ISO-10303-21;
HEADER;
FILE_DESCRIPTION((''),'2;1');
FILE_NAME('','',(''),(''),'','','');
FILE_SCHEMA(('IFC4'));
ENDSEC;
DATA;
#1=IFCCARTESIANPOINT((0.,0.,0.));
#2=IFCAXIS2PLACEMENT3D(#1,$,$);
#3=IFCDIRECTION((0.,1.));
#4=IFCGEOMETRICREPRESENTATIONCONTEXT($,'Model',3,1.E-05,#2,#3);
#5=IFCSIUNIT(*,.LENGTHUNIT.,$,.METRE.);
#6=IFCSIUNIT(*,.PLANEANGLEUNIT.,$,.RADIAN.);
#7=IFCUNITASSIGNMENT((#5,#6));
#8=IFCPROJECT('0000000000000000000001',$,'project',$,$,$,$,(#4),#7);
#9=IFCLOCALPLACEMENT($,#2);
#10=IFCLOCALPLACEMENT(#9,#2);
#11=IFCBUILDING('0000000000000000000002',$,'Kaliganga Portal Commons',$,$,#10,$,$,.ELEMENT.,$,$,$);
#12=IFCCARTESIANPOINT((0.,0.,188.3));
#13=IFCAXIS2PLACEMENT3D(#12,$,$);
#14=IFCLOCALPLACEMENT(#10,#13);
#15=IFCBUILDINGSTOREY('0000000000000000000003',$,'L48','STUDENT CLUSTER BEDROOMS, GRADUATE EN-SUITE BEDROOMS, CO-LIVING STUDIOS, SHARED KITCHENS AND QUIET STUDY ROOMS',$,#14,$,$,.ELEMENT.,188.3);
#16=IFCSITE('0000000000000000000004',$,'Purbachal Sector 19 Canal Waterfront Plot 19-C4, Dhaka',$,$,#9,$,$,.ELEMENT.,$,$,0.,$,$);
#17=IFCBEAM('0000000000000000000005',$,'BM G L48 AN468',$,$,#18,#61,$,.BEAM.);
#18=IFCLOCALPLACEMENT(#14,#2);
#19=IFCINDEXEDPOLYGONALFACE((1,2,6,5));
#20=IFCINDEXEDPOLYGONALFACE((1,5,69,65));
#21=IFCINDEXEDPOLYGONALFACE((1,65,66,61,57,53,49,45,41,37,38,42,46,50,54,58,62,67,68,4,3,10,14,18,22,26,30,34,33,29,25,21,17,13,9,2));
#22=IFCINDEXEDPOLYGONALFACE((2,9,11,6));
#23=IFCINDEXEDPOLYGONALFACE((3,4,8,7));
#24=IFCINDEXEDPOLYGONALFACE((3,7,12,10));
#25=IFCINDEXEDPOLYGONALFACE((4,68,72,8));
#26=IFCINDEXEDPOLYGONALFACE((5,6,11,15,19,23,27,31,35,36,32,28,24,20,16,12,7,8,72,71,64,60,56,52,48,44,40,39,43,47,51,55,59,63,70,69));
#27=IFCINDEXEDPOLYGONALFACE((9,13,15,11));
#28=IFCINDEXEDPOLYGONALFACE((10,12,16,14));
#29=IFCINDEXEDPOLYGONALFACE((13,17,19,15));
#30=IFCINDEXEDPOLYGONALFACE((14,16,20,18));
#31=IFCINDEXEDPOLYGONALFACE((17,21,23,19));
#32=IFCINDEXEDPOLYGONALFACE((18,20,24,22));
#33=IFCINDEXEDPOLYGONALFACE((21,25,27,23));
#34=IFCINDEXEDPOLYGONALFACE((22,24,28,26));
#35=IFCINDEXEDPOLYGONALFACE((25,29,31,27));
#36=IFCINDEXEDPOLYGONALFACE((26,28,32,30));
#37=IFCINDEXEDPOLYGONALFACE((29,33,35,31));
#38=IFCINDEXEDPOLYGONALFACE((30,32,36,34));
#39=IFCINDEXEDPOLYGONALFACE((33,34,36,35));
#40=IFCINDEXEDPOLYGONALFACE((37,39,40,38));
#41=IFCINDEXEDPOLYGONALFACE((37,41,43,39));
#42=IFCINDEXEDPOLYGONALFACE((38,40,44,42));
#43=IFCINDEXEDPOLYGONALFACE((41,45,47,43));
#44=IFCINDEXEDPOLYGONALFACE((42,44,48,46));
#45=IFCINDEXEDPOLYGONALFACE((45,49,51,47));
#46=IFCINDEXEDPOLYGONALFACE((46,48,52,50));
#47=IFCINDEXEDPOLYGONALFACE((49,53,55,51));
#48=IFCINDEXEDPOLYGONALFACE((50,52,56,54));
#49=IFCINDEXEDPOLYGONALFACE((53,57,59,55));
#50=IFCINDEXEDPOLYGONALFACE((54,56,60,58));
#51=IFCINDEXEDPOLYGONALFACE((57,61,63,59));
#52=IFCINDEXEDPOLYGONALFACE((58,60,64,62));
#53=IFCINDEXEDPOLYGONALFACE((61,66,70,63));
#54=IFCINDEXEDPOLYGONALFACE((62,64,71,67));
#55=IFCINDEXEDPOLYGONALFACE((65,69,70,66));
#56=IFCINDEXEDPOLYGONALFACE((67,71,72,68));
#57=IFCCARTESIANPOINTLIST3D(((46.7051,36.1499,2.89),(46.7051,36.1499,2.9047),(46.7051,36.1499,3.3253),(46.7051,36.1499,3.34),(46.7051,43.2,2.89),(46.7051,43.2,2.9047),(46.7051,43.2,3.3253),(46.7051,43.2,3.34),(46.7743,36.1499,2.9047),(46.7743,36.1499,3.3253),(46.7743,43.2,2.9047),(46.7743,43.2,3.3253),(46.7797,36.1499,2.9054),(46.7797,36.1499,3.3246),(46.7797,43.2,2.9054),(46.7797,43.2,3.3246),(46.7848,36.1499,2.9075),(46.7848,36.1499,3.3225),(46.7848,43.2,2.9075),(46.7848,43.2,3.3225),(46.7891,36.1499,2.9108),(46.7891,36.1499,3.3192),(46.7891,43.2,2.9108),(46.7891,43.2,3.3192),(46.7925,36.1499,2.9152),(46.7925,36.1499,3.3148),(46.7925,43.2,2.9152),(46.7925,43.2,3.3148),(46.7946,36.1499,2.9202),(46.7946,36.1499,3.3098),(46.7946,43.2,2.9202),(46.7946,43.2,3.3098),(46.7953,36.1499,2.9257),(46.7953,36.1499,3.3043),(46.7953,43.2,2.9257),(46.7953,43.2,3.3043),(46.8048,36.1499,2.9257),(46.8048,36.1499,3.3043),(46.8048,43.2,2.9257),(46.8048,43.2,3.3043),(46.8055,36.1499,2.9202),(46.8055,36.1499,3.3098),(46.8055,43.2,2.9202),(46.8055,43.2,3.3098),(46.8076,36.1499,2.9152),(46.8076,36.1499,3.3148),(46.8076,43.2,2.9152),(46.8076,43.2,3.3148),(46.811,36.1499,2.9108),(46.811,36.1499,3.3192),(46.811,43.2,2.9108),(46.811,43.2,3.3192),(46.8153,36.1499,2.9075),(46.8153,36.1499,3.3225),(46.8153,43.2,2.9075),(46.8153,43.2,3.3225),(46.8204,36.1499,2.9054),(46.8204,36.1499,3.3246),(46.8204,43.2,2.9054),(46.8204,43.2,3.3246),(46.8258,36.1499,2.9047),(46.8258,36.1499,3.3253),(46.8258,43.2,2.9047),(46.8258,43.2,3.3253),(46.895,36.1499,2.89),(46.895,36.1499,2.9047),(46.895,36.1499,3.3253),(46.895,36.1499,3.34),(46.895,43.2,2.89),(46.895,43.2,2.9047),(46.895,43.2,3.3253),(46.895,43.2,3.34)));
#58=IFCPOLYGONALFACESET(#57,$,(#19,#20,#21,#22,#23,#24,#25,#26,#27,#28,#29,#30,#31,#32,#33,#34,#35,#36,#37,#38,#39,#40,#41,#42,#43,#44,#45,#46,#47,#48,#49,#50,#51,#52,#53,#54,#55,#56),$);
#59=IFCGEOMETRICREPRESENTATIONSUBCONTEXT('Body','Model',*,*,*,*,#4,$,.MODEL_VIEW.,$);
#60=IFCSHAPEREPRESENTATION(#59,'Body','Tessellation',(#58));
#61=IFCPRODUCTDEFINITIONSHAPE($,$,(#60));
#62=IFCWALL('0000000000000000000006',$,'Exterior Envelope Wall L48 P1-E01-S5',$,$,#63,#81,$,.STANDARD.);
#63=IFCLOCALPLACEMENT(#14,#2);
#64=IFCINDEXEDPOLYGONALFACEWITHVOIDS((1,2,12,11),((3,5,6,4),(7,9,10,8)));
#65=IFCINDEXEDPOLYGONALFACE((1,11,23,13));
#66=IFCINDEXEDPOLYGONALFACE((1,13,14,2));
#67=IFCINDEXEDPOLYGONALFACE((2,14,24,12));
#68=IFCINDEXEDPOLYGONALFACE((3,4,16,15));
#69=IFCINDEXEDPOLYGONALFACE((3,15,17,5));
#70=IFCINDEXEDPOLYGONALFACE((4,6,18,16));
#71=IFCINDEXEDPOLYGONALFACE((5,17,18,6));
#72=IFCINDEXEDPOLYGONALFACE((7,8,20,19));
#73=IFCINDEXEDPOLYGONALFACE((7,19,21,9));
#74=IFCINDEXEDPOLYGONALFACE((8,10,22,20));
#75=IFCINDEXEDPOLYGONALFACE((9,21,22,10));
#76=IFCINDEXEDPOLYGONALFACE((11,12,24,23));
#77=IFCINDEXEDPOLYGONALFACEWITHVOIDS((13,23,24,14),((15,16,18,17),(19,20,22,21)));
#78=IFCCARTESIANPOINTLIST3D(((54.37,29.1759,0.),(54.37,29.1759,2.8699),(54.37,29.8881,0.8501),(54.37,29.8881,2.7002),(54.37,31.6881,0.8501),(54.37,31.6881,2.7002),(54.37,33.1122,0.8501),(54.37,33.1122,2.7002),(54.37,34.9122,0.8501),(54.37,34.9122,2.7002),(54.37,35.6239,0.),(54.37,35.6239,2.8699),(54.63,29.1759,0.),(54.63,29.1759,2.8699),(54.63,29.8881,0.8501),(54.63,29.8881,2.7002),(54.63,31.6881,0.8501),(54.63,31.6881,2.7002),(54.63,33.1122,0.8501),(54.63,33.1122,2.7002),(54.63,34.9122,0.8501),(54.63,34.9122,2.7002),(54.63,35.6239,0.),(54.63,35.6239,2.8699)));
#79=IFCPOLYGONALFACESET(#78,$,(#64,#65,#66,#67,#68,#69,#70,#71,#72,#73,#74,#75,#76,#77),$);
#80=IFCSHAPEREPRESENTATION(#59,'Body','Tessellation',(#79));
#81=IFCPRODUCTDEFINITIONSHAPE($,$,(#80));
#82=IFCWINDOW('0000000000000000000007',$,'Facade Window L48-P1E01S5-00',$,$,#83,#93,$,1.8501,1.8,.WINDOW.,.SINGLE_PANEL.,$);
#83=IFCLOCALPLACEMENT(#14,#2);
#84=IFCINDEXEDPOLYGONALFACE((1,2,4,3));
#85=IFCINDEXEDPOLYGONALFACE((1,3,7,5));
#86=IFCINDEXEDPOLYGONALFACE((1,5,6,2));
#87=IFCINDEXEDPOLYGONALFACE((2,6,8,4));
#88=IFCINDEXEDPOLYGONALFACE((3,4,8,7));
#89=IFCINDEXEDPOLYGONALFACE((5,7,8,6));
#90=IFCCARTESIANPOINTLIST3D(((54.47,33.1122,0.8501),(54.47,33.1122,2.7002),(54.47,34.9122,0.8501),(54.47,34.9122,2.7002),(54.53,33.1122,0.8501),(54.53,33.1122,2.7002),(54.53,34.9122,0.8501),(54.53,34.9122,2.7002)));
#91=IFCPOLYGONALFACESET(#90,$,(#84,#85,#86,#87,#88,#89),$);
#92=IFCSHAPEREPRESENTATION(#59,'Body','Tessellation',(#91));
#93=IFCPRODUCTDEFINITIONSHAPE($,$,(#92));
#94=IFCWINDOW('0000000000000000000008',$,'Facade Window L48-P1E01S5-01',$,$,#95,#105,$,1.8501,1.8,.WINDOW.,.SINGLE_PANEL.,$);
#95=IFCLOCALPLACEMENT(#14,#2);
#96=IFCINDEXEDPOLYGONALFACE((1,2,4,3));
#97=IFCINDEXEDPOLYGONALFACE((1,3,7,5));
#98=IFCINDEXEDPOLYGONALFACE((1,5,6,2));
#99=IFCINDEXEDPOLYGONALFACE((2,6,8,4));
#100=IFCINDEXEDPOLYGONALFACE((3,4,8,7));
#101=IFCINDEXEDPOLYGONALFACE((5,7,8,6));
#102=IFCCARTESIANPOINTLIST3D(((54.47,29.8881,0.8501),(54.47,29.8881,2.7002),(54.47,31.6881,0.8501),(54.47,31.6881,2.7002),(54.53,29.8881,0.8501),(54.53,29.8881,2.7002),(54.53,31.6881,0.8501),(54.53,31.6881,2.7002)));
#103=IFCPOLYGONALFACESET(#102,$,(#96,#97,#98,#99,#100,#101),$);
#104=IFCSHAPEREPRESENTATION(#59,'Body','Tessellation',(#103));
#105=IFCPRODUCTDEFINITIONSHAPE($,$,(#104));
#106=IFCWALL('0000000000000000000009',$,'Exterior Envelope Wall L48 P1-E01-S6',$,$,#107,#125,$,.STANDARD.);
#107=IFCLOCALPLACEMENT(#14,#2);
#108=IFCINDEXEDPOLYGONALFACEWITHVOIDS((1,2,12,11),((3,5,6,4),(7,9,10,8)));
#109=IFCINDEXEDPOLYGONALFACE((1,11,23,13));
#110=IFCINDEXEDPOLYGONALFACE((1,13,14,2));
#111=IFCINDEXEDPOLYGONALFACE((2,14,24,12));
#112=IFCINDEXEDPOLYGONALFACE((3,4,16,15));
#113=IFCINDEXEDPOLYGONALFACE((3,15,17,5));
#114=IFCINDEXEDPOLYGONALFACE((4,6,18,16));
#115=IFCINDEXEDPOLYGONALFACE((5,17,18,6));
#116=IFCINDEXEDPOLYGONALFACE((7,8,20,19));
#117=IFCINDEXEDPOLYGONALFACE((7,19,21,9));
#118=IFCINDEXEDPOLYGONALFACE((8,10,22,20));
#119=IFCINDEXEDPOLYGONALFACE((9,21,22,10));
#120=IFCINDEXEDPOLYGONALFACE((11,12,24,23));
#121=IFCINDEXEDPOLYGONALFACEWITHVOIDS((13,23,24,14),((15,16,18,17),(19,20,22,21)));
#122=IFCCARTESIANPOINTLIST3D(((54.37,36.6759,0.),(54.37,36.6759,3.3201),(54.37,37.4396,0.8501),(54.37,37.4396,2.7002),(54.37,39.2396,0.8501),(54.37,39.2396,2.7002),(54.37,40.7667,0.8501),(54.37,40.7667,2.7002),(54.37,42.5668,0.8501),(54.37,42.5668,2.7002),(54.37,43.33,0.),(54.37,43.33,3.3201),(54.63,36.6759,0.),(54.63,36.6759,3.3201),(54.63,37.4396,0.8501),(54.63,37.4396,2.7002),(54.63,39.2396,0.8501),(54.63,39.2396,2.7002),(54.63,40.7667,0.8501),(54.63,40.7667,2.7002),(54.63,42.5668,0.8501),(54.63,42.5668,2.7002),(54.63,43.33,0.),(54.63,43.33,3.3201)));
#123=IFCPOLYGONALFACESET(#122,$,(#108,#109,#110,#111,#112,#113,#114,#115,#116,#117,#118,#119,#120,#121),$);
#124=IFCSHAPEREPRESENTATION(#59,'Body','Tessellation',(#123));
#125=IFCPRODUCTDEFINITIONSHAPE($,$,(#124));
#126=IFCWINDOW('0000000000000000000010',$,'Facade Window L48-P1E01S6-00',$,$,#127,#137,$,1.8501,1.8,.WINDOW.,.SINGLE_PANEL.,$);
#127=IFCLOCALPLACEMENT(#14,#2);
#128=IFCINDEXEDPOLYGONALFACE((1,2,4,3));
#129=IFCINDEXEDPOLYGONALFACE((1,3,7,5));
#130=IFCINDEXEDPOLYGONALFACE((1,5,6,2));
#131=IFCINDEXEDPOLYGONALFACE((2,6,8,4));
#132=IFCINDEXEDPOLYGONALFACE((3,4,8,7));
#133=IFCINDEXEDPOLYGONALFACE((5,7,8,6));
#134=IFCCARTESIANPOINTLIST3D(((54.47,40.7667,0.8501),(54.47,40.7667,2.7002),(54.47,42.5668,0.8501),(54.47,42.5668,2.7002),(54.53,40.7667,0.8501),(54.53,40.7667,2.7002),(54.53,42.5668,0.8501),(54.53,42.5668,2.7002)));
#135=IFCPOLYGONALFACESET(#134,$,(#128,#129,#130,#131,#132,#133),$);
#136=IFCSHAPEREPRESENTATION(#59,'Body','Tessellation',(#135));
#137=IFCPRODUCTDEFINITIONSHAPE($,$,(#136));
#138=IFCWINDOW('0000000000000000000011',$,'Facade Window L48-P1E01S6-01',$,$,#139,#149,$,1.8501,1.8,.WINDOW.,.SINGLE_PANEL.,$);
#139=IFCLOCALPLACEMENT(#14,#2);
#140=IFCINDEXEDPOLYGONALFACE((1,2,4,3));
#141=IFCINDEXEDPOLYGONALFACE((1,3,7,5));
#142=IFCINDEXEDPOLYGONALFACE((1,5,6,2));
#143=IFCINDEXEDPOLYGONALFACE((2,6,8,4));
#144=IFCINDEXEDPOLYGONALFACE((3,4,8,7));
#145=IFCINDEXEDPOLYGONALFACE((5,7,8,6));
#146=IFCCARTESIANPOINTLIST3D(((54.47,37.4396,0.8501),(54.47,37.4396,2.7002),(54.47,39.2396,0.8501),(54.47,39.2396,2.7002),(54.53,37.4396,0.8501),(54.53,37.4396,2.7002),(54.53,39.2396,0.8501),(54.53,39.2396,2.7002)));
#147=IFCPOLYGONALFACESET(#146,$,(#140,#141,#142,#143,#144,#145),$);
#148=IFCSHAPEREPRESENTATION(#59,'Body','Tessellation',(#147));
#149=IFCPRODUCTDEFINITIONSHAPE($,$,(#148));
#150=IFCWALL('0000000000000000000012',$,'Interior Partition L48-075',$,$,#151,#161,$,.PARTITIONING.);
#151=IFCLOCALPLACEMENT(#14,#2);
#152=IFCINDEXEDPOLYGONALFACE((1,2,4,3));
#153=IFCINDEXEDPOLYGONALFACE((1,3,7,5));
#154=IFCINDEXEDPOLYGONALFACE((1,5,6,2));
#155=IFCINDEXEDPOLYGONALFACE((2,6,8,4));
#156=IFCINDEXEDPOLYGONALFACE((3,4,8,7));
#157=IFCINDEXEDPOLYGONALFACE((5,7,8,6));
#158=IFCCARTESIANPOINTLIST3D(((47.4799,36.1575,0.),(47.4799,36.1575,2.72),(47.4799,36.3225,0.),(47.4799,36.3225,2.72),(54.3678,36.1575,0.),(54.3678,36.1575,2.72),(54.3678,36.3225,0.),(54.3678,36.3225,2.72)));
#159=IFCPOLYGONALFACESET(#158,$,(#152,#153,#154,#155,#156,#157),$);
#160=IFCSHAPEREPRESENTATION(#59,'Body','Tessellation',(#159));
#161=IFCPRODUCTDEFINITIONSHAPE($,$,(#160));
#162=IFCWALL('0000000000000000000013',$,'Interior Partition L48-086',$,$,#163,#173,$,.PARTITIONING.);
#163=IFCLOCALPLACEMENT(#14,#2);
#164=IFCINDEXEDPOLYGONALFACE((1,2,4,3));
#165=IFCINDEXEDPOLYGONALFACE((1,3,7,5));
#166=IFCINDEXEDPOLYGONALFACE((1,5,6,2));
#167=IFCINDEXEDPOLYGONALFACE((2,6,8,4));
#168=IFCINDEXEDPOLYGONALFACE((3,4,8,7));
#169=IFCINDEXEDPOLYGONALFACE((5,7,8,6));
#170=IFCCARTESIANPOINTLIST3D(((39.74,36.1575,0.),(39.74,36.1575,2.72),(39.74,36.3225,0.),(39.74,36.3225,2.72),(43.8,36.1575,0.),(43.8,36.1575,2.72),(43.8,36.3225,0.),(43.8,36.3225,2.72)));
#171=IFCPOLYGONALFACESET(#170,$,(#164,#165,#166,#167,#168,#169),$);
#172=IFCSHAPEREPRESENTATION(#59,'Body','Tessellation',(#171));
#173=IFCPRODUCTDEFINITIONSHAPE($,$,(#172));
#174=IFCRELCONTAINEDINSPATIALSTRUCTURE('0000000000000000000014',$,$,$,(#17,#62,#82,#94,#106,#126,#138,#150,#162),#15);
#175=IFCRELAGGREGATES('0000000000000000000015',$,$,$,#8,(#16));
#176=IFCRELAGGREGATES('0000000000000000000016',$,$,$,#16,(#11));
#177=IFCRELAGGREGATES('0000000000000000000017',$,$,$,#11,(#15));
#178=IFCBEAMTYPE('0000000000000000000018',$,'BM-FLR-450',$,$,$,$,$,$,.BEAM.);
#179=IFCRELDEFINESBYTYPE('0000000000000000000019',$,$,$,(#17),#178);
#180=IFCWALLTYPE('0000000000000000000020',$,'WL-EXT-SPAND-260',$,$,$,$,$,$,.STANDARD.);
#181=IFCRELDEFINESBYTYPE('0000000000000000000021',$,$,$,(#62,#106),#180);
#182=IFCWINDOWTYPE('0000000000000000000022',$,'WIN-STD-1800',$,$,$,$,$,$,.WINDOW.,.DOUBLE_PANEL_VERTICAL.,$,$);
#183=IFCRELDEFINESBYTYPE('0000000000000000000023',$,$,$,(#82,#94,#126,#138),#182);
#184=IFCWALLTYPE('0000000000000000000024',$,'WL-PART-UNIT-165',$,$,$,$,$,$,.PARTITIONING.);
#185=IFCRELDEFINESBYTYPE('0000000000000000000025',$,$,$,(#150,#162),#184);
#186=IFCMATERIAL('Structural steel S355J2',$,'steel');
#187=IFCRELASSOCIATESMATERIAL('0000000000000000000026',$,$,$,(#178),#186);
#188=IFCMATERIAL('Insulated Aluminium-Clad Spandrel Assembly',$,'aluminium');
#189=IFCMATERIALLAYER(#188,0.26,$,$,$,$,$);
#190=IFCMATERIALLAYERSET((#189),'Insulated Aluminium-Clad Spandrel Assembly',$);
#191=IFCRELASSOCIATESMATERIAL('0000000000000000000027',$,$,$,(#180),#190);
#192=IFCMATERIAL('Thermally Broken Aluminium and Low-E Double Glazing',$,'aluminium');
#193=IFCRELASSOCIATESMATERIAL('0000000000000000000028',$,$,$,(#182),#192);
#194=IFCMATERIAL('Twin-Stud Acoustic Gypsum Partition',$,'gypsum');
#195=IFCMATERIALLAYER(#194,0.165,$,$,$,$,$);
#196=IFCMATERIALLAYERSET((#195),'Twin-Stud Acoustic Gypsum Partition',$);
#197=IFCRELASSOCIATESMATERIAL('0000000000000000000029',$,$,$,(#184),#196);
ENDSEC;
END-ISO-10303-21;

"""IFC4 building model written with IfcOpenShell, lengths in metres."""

from ifc_helpers import new_model, si_unit, direction, frame, frame_2d, origin, origin_2d, place, context, subcontext, project, spatial, rectangle, i_section, extrude, source, transform, mapped, material, layer, layer_set, material_profile, profile_set, type_object, element, fill, save


model = new_model("IFC4")

# Units and contexts
model_context = context("Model", 3, precision=1e-05, world=origin(), true_north=direction((0.0, 1.0)))
body_context = subcontext(model_context, "Body", "Model", "MODEL_VIEW")
ifc_project = project(units=[si_unit("LENGTHUNIT", "METRE"), si_unit("PLANEANGLEUNIT", "RADIAN")], contexts=[model_context])

# Site, building, storey
site_placement = place(None, origin())
site = spatial("IfcSite", under=ifc_project, at=site_placement, Name="Purbachal Sector 19 Canal Waterfront Plot 19-C4, Dhaka", CompositionType="ELEMENT", RefElevation=0.0)
building_placement = place(site_placement, origin())
building = spatial("IfcBuilding", under=site, at=building_placement, Name="Kaliganga Portal Commons", CompositionType="ELEMENT")
storey_placement = place(building_placement, frame((0.0, 0.0, 188.3)))
storey = spatial("IfcBuildingStorey", under=building, at=storey_placement, Name="L48", Description="STUDENT CLUSTER BEDROOMS, GRADUATE EN-SUITE BEDROOMS, CO-LIVING STUDIOS, SHARED KITCHENS AND QUIET STUDY ROOMS", CompositionType="ELEMENT", Elevation=188.3)

# Beam
ifc_material_1 = material(Name="Structural steel S355J2", Category="steel")
ifc_material_profile_1 = material_profile(ifc_material_1, i_section(OverallWidth=0.1899, OverallDepth=0.45, WebThickness=0.0095, FlangeThickness=0.0146, FilletRadius=0.021, at=origin_2d()), Name="IPE 450")
ifc_profile_set_1 = profile_set([ifc_material_profile_1], Name="Structural steel S355J2 wide-flange")
beam_type_1 = type_object("IfcBeamType", Name="BM-FLR-450", PredefinedType="BEAM", material=ifc_profile_set_1)
shared_shape_1 = source(origin(), body_context, "Body", "SweptSolid", [
    extrude(i_section(OverallWidth=0.1899, OverallDepth=0.45, WebThickness=0.0095, FlangeThickness=0.0146, FilletRadius=0.021, at=origin_2d()), origin(), (0.0, 0.0, 1.0), 7.05),
])
beam_1_placement = place(storey_placement, frame((46.8, 36.1499, 3.115), z_axis=(0.0, 1.0, 0.0), x_axis=(-1.0, 0.0, 0.0)))
element("IfcBeam", 1, at=beam_1_placement, inside=storey, type_object=beam_type_1, Name="BM G L48 AN468", PredefinedType="BEAM", context=body_context, shape_type="MappedRepresentation", body=[
    mapped(shared_shape_1, transform((0.0, 0.0, 0.0), x_axis=(1.0, 0.0, 0.0), y_axis=(0.0, 1.0, 0.0), z_axis=(0.0, 0.0, 1.0), scale=1.0)),
])

# Walls, openings, windows
ifc_material_2 = material(Name="Insulated Aluminium-Clad Spandrel Assembly", Category="aluminium")
ifc_layer_1 = layer(ifc_material_2, 0.26)
ifc_layer_set_1 = layer_set([ifc_layer_1], Name="Insulated Aluminium-Clad Spandrel Assembly")
wall_type_1 = type_object("IfcWallType", Name="WL-EXT-SPAND-260", PredefinedType="STANDARD", material=ifc_layer_set_1)
wall_1_placement = place(storey_placement, frame((54.5, 35.624, 0.0), z_axis=(0.0, 0.0, 1.0), x_axis=(0.0, -1.0, 0.0)))
wall_1 = element("IfcWall", 2, at=wall_1_placement, inside=storey, type_object=wall_type_1, Name="Exterior Envelope Wall L48 P1-E01-S5", PredefinedType="STANDARD", context=body_context, shape_type="SweptSolid", body=[
    extrude(rectangle(XDim=6.448, YDim=0.26, at=frame_2d((3.2241, 0.0))), origin(), (0.0, 0.0, 1.0), 2.8699),
])
opening_1_placement = place(wall_1_placement, frame((0.7119, 0.0, 0.8501)))
opening_1 = element("IfcOpeningElement", 3, at=opening_1_placement, cuts=wall_1, PredefinedType="OPENING", context=body_context, shape_type="SweptSolid", body=[
    extrude(rectangle(XDim=1.8, YDim=1.8501, at=frame_2d((0.8999, 0.925))), frame((0.0, 0.1401, 0.0), z_axis=(0.0, -1.0, 0.0), x_axis=(1.0, 0.0, 0.0)), (0.0, 0.0, 1.0), 0.28),
])
opening_2_placement = place(wall_1_placement, frame((3.936, 0.0, 0.8501)))
opening_2 = element("IfcOpeningElement", 4, at=opening_2_placement, cuts=wall_1, PredefinedType="OPENING", context=body_context, shape_type="SweptSolid", body=[
    extrude(rectangle(XDim=1.8, YDim=1.8501, at=frame_2d((0.8999, 0.925))), frame((0.0, 0.1401, 0.0), z_axis=(0.0, -1.0, 0.0), x_axis=(1.0, 0.0, 0.0)), (0.0, 0.0, 1.0), 0.28),
])
ifc_material_3 = material(Name="Thermally Broken Aluminium and Low-E Double Glazing", Category="aluminium")
window_type = type_object("IfcWindowType", Name="WIN-STD-1800", PartitioningType="DOUBLE_PANEL_VERTICAL", PredefinedType="WINDOW", material=ifc_material_3)
window_1_placement = place(opening_1_placement, origin())
window_1 = element("IfcWindow", 5, at=window_1_placement, inside=storey, type_object=window_type, Name="Facade Window L48-P1E01S5-00", OverallHeight=1.8501, OverallWidth=1.8, PartitioningType="SINGLE_PANEL", PredefinedType="WINDOW", context=body_context, shape_type="SweptSolid", body=[
    extrude(rectangle(XDim=1.8, YDim=1.8501, at=frame_2d((0.8999, 0.925))), frame((0.0, 0.03, 0.0), z_axis=(0.0, -1.0, 0.0), x_axis=(1.0, 0.0, 0.0)), (0.0, 0.0, 1.0), 0.0601),
])
fill(opening_1, window_1)
window_2_placement = place(opening_2_placement, origin())
window_2 = element("IfcWindow", 6, at=window_2_placement, inside=storey, type_object=window_type, Name="Facade Window L48-P1E01S5-01", OverallHeight=1.8501, OverallWidth=1.8, PartitioningType="SINGLE_PANEL", PredefinedType="WINDOW", context=body_context, shape_type="SweptSolid", body=[
    extrude(rectangle(XDim=1.8, YDim=1.8501, at=frame_2d((0.8999, 0.925))), frame((0.0, 0.03, 0.0), z_axis=(0.0, -1.0, 0.0), x_axis=(1.0, 0.0, 0.0)), (0.0, 0.0, 1.0), 0.0601),
])
fill(opening_2, window_2)
wall_2_placement = place(storey_placement, frame((54.5, 43.3301, 0.0), z_axis=(0.0, 0.0, 1.0), x_axis=(0.0, -1.0, 0.0)))
wall_2 = element("IfcWall", 7, at=wall_2_placement, inside=storey, type_object=wall_type_1, Name="Exterior Envelope Wall L48 P1-E01-S6", PredefinedType="STANDARD", context=body_context, shape_type="SweptSolid", body=[
    extrude(rectangle(XDim=6.6541, YDim=0.26, at=frame_2d((3.3271, 0.0))), origin(), (0.0, 0.0, 1.0), 3.3201),
])
opening_3_placement = place(wall_2_placement, frame((0.7634, 0.0, 0.8501)))
opening_3 = element("IfcOpeningElement", 8, at=opening_3_placement, cuts=wall_2, PredefinedType="OPENING", context=body_context, shape_type="SweptSolid", body=[
    extrude(rectangle(XDim=1.8, YDim=1.8501, at=frame_2d((0.8999, 0.925))), frame((0.0, 0.1401, 0.0), z_axis=(0.0, -1.0, 0.0), x_axis=(1.0, 0.0, 0.0)), (0.0, 0.0, 1.0), 0.28),
])
opening_4_placement = place(wall_2_placement, frame((4.0906, 0.0, 0.8501)))
opening_4 = element("IfcOpeningElement", 9, at=opening_4_placement, cuts=wall_2, PredefinedType="OPENING", context=body_context, shape_type="SweptSolid", body=[
    extrude(rectangle(XDim=1.8, YDim=1.8501, at=frame_2d((0.8999, 0.925))), frame((0.0, 0.1401, 0.0), z_axis=(0.0, -1.0, 0.0), x_axis=(1.0, 0.0, 0.0)), (0.0, 0.0, 1.0), 0.28),
])
window_3_placement = place(opening_3_placement, origin())
window_3 = element("IfcWindow", 10, at=window_3_placement, inside=storey, type_object=window_type, Name="Facade Window L48-P1E01S6-00", OverallHeight=1.8501, OverallWidth=1.8, PartitioningType="SINGLE_PANEL", PredefinedType="WINDOW", context=body_context, shape_type="SweptSolid", body=[
    extrude(rectangle(XDim=1.8, YDim=1.8501, at=frame_2d((0.8999, 0.925))), frame((0.0, 0.03, 0.0), z_axis=(0.0, -1.0, 0.0), x_axis=(1.0, 0.0, 0.0)), (0.0, 0.0, 1.0), 0.0601),
])
fill(opening_3, window_3)
window_4_placement = place(opening_4_placement, origin())
window_4 = element("IfcWindow", 11, at=window_4_placement, inside=storey, type_object=window_type, Name="Facade Window L48-P1E01S6-01", OverallHeight=1.8501, OverallWidth=1.8, PartitioningType="SINGLE_PANEL", PredefinedType="WINDOW", context=body_context, shape_type="SweptSolid", body=[
    extrude(rectangle(XDim=1.8, YDim=1.8501, at=frame_2d((0.8999, 0.925))), frame((0.0, 0.03, 0.0), z_axis=(0.0, -1.0, 0.0), x_axis=(1.0, 0.0, 0.0)), (0.0, 0.0, 1.0), 0.0601),
])
fill(opening_4, window_4)

# Walls
ifc_material_4 = material(Name="Twin-Stud Acoustic Gypsum Partition", Category="gypsum")
ifc_layer_2 = layer(ifc_material_4, 0.165)
ifc_layer_set_2 = layer_set([ifc_layer_2], Name="Twin-Stud Acoustic Gypsum Partition")
wall_type_2 = type_object("IfcWallType", Name="WL-PART-UNIT-165", PredefinedType="PARTITIONING", material=ifc_layer_set_2)
wall_3_placement = place(storey_placement, frame((47.48, 36.24, 0.0), z_axis=(0.0, 0.0, 1.0), x_axis=(1.0, 0.0, 0.0)))
element("IfcWall", 12, at=wall_3_placement, inside=storey, type_object=wall_type_2, Name="Interior Partition L48-075", PredefinedType="PARTITIONING", context=body_context, shape_type="SweptSolid", body=[
    extrude(rectangle(XDim=6.8879, YDim=0.165, at=frame_2d((3.4438, 0.0))), origin(), (0.0, 0.0, 1.0), 2.72),
])
wall_4_placement = place(storey_placement, frame((39.74, 36.24, 0.0), z_axis=(0.0, 0.0, 1.0), x_axis=(1.0, 0.0, 0.0)))
element("IfcWall", 13, at=wall_4_placement, inside=storey, type_object=wall_type_2, Name="Interior Partition L48-086", PredefinedType="PARTITIONING", context=body_context, shape_type="SweptSolid", body=[
    extrude(rectangle(XDim=4.0601, YDim=0.165, at=frame_2d((2.03, 0.0))), origin(), (0.0, 0.0, 1.0), 2.72),
])

save(model, "model.ifc")
